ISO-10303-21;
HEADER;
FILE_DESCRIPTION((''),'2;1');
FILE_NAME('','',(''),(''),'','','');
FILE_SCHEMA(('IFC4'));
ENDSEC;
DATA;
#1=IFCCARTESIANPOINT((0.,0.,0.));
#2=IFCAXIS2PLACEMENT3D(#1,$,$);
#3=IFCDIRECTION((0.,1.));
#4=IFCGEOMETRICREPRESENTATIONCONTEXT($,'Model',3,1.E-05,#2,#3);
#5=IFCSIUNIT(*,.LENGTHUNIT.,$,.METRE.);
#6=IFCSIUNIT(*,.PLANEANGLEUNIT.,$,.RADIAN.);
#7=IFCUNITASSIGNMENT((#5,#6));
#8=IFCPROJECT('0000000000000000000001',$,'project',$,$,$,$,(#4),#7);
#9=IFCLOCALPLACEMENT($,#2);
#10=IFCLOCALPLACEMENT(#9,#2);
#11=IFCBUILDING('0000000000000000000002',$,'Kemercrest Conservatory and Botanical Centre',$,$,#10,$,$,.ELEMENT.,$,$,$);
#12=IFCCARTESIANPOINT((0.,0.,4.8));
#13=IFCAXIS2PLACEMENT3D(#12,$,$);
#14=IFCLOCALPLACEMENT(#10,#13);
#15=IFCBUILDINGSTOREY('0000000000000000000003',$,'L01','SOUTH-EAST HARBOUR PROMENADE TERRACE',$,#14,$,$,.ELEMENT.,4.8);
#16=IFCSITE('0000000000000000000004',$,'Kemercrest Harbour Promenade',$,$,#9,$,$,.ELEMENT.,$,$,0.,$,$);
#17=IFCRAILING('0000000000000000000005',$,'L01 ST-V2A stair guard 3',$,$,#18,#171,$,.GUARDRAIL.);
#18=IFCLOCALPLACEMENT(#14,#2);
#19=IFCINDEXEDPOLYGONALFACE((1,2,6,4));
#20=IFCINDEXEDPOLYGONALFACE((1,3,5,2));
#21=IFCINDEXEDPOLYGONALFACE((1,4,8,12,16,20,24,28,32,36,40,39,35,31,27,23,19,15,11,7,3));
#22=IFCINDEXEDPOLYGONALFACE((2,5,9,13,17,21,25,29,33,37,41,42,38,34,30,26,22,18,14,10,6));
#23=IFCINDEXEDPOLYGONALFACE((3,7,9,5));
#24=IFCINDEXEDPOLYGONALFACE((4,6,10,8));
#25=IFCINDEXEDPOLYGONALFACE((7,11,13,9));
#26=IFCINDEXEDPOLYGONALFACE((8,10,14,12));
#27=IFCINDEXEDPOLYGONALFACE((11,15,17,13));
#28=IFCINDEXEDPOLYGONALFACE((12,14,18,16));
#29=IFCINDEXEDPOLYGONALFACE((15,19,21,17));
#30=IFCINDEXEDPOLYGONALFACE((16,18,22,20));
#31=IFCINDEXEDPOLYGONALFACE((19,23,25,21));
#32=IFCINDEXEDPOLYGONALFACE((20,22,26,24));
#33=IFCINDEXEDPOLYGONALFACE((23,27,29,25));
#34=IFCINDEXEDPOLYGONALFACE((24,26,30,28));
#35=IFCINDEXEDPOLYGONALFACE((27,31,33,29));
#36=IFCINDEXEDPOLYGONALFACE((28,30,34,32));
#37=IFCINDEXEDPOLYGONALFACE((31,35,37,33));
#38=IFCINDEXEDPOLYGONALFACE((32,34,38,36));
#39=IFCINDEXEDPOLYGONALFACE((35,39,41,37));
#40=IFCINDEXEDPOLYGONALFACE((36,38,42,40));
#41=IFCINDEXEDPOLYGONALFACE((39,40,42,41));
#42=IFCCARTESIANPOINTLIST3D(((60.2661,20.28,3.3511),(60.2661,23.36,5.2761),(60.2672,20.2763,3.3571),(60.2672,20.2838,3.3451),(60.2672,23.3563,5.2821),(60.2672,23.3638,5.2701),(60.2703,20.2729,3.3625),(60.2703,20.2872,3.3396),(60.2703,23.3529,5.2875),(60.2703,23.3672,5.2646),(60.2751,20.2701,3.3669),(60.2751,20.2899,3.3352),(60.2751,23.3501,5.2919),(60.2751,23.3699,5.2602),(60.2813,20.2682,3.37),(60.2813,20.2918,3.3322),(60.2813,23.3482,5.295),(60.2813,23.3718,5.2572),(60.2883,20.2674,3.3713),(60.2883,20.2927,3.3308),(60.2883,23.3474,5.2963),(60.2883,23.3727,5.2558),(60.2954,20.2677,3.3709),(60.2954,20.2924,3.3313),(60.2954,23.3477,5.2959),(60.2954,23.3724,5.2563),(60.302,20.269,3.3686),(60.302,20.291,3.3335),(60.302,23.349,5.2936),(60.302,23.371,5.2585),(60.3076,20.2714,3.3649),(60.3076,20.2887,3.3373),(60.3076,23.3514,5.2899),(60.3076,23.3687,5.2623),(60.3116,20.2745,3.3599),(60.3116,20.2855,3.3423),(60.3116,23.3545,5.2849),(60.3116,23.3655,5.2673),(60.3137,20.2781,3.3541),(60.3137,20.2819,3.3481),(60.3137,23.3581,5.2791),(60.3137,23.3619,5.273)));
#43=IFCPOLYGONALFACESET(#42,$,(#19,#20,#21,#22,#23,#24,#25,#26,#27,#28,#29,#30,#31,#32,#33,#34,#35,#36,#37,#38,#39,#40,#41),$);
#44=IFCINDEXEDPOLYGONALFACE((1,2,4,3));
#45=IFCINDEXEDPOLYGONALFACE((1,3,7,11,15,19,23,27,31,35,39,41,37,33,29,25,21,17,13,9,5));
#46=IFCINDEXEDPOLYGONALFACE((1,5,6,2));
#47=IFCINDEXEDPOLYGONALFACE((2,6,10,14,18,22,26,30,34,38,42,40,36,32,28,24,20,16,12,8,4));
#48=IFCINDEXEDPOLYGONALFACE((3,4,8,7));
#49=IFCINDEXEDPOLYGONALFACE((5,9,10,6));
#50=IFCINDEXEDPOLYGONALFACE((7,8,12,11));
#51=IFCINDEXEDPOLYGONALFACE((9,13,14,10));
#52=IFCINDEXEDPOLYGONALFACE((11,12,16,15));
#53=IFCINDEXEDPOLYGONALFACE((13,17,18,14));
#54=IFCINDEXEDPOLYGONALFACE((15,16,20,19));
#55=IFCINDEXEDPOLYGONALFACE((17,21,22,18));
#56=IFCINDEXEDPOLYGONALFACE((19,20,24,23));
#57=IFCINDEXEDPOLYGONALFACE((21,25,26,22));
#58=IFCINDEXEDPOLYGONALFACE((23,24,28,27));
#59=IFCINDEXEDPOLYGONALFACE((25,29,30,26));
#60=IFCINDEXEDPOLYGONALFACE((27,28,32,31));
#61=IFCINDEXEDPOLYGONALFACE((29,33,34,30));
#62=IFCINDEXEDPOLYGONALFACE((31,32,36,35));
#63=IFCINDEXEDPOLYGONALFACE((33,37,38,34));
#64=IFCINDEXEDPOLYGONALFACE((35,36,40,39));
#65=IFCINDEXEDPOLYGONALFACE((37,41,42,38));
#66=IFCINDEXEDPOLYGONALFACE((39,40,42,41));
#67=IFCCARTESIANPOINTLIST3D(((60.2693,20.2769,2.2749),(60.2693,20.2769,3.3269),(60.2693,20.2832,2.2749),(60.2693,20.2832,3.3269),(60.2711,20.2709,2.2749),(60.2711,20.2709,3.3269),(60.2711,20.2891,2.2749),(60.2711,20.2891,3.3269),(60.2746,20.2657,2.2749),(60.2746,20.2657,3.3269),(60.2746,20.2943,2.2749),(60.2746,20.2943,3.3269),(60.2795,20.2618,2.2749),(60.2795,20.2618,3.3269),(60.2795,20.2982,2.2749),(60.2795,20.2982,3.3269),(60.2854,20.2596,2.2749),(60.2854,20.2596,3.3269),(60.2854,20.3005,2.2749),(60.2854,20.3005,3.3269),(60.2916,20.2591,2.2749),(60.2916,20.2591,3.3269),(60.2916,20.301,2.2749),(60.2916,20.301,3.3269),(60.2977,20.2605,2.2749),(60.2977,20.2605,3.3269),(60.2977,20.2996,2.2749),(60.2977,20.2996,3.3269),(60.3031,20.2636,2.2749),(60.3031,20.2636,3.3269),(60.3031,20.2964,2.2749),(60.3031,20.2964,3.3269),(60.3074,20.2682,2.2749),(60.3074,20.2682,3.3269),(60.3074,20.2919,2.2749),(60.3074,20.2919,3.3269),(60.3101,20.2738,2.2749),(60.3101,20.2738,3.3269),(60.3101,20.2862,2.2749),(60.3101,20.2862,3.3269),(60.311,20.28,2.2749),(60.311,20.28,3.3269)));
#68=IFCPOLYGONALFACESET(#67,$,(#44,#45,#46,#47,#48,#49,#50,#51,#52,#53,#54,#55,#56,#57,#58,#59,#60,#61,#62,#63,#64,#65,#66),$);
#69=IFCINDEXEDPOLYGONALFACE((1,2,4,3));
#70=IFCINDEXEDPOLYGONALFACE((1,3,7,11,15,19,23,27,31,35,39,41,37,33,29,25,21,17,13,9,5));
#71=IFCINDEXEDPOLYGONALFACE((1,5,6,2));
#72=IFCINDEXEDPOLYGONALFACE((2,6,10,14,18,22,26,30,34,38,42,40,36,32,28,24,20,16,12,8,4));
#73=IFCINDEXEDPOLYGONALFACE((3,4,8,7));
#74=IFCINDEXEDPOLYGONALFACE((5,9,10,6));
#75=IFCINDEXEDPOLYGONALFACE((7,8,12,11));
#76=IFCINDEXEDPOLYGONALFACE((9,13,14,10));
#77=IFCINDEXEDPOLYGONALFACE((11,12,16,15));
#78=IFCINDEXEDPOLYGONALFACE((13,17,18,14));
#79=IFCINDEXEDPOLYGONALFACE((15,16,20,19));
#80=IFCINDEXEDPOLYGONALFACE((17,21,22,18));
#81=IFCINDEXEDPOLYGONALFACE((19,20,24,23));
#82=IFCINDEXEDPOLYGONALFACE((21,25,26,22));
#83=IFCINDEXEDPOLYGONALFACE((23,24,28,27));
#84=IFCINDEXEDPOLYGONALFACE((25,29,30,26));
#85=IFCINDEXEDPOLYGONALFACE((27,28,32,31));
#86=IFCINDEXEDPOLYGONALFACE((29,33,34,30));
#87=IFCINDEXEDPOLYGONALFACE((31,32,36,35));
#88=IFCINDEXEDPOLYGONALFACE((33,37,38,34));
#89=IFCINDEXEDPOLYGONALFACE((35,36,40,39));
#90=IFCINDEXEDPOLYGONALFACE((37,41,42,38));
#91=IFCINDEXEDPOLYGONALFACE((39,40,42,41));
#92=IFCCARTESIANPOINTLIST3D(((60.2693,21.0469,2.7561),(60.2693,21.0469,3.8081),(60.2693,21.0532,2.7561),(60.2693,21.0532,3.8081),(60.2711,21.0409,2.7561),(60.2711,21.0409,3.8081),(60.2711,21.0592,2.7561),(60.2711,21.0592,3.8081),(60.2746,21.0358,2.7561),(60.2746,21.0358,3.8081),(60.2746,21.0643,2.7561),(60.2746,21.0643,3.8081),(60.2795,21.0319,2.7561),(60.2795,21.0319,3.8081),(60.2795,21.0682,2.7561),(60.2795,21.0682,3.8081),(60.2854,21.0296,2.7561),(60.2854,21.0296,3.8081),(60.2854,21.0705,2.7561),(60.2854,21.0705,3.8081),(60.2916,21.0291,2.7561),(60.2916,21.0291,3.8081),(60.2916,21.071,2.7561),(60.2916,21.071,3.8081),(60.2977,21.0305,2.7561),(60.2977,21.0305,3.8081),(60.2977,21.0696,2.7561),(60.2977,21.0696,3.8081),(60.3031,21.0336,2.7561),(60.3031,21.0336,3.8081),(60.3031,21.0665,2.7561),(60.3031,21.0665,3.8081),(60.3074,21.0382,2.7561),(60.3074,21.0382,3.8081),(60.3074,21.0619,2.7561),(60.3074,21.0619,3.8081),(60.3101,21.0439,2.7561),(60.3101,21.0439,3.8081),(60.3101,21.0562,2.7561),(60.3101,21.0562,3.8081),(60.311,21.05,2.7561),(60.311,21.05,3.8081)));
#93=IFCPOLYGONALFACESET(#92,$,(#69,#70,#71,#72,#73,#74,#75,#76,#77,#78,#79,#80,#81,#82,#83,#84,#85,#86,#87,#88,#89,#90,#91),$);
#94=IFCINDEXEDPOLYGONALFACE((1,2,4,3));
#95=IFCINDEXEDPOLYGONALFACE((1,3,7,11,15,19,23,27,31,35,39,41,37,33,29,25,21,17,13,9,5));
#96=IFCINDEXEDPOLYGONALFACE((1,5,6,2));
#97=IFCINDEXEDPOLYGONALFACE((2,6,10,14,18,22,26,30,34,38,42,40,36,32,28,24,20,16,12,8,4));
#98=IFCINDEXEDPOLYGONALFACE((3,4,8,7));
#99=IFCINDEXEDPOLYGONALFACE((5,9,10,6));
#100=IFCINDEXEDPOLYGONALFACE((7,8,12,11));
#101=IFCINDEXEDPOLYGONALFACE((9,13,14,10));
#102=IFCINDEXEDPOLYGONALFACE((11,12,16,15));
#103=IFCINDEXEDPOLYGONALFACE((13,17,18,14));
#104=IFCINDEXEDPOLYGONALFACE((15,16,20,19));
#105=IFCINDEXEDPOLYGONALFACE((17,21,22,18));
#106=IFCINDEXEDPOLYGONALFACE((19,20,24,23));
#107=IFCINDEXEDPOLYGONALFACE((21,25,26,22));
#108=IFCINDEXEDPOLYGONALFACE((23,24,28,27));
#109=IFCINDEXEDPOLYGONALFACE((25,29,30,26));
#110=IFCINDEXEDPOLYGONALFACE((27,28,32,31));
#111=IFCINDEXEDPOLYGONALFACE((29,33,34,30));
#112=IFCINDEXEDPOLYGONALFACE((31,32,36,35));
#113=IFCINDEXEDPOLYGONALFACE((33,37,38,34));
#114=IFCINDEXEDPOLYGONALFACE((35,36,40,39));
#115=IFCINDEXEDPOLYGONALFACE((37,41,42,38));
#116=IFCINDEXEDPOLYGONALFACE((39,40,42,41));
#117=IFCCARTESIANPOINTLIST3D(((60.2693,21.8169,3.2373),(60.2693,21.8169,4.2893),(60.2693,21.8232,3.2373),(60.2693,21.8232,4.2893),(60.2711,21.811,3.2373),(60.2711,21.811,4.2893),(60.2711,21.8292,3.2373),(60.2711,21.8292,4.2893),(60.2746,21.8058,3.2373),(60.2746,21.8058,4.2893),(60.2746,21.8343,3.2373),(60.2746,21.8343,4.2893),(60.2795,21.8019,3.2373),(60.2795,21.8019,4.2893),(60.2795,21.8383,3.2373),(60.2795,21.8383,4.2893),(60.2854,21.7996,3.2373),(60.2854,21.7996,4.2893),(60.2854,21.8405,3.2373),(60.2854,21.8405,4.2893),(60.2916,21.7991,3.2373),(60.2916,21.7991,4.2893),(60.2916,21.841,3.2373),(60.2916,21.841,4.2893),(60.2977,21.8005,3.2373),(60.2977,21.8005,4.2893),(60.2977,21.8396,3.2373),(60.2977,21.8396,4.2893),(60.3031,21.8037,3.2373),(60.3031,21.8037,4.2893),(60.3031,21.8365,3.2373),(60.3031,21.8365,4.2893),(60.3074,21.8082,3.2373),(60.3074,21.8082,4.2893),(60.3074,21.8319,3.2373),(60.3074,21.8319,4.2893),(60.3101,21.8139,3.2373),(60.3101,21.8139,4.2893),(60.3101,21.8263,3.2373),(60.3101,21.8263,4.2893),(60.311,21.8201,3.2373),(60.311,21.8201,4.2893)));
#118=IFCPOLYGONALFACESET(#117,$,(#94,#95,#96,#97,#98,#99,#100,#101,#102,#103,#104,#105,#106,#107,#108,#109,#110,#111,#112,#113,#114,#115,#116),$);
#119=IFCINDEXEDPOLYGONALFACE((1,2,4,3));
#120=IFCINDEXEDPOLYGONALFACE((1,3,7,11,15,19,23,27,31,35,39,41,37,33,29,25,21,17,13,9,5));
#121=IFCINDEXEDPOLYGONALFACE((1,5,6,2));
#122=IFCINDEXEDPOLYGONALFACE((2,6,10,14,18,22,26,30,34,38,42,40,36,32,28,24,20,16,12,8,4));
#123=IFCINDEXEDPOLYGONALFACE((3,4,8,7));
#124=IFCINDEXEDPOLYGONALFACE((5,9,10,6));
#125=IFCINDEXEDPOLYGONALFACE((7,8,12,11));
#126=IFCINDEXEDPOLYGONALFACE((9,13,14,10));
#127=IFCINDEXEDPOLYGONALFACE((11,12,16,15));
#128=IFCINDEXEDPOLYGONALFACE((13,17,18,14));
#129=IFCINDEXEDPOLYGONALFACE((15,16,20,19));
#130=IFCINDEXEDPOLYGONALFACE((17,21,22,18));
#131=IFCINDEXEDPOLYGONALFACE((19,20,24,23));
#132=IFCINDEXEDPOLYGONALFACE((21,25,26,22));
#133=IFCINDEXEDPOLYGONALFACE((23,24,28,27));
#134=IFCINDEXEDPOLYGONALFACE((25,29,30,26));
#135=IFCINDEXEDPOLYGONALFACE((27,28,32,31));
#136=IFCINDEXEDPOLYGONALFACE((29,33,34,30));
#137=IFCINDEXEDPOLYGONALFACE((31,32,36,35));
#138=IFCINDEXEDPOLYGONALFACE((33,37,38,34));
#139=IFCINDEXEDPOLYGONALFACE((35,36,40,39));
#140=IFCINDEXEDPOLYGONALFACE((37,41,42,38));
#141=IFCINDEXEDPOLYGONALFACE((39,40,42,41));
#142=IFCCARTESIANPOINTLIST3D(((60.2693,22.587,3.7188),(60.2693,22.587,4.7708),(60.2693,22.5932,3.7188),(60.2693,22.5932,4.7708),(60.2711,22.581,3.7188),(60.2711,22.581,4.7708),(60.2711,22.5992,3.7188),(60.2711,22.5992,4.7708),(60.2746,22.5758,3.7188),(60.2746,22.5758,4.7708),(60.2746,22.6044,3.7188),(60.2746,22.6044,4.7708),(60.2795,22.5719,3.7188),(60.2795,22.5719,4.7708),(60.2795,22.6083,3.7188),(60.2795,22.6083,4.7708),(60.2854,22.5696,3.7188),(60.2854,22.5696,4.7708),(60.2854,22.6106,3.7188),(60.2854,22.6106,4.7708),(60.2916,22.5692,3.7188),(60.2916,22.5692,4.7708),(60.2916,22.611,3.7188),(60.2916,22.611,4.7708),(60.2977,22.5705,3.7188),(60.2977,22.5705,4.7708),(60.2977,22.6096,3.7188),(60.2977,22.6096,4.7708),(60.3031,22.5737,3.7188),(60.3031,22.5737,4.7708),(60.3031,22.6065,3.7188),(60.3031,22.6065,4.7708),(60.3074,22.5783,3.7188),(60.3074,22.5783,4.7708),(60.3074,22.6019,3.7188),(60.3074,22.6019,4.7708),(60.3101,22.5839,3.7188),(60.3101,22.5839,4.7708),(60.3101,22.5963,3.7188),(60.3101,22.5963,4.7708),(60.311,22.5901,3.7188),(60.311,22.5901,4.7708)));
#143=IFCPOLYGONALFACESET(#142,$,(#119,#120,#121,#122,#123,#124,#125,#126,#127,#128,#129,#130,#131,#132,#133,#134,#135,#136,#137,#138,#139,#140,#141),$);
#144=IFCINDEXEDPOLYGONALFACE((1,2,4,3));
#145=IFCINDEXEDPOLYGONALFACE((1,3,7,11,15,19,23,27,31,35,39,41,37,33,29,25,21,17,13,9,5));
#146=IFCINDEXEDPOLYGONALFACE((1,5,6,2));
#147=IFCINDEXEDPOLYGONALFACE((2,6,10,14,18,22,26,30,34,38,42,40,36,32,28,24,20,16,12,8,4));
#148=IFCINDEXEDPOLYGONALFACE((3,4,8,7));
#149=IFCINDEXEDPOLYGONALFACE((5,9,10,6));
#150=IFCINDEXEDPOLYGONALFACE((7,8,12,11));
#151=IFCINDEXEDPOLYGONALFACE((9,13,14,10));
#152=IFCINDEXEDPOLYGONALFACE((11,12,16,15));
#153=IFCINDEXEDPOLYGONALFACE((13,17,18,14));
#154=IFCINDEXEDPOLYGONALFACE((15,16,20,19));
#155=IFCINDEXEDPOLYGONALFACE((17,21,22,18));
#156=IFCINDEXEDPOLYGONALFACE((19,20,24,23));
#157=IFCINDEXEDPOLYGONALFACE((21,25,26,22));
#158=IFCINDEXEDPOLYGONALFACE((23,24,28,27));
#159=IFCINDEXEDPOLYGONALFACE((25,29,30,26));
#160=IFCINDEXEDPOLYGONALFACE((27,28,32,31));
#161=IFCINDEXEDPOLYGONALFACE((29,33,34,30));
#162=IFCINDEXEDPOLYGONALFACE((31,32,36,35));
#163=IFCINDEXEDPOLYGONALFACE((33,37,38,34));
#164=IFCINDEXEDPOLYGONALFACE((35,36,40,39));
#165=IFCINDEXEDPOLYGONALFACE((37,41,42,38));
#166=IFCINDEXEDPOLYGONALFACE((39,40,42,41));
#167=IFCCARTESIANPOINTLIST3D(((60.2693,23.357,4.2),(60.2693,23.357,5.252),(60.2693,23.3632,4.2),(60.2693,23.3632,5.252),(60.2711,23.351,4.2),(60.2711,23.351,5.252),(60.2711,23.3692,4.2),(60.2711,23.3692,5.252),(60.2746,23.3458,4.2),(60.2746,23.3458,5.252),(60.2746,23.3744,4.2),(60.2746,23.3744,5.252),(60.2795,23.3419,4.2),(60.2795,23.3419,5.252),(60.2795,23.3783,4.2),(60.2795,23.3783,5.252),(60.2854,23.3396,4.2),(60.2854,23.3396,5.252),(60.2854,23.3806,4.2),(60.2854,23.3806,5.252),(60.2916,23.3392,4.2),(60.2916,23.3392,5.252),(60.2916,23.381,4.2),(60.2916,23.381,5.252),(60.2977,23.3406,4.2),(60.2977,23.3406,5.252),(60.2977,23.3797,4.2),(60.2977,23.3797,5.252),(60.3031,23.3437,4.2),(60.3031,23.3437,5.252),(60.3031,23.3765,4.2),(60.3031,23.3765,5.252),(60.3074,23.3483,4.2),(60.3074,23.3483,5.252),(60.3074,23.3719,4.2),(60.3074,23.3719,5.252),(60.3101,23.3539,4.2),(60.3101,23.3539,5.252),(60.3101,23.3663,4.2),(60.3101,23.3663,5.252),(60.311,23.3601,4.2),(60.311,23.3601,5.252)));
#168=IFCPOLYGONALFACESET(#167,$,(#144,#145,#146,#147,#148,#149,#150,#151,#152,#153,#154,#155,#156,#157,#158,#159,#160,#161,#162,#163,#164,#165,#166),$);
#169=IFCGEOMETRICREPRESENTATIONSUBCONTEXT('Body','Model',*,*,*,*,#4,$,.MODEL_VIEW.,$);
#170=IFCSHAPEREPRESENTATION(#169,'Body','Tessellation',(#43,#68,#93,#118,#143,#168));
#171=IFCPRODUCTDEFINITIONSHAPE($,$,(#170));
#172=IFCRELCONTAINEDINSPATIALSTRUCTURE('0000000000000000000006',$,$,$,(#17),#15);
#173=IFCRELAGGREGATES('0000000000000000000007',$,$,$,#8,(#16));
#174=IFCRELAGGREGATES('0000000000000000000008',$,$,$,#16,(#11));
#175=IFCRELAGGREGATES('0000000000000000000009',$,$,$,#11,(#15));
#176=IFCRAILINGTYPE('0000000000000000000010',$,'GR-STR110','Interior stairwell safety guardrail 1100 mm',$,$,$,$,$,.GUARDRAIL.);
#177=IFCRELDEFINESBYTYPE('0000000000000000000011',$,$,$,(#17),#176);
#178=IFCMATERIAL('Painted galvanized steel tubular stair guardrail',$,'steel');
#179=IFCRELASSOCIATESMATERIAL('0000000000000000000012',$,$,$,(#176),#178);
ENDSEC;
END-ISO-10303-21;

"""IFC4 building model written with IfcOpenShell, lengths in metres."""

from ifc_helpers import new_model, si_unit, direction, frame, origin, origin_2d, place, context, subcontext, project, spatial, circle, extrude, material, type_object, element, save


model = new_model("IFC4")

# Units and contexts
model_context = context("Model", 3, precision=1e-05, world=origin(), true_north=direction((0.0, 1.0)))
body_context = subcontext(model_context, "Body", "Model", "MODEL_VIEW")
ifc_project = project(units=[si_unit("LENGTHUNIT", "METRE"), si_unit("PLANEANGLEUNIT", "RADIAN")], contexts=[model_context])

# Site, building, storey
site_placement = place(None, origin())
site = spatial("IfcSite", under=ifc_project, at=site_placement, Name="Kemercrest Harbour Promenade", CompositionType="ELEMENT", RefElevation=0.0)
building_placement = place(site_placement, origin())
building = spatial("IfcBuilding", under=site, at=building_placement, Name="Kemercrest Conservatory and Botanical Centre", CompositionType="ELEMENT")
storey_placement = place(building_placement, frame((0.0, 0.0, 4.8)))
storey = spatial("IfcBuildingStorey", under=building, at=storey_placement, Name="L01", Description="SOUTH-EAST HARBOUR PROMENADE TERRACE", CompositionType="ELEMENT", Elevation=4.8)

# Railing
ifc_material_1 = material(Name="Painted galvanized steel tubular stair guardrail", Category="steel")
railing_type_1 = type_object("IfcRailingType", Name="GR-STR110", Description="Interior stairwell safety guardrail 1100 mm", PredefinedType="GUARDRAIL", material=ifc_material_1)
railing_1_placement = place(storey_placement, frame((60.29, 20.28, 2.2749)))
element("IfcRailing", 1, at=railing_1_placement, inside=storey, type_object=railing_type_1, Name="L01 ST-V2A stair guard 3", PredefinedType="GUARDRAIL", context=body_context, shape_type="SweptSolid", body=[
    extrude(circle(Radius=0.0239, at=origin_2d()), frame((0.0, 0.0, 1.0762), z_axis=(0.0, 0.847998, 0.529999), x_axis=(-1.0, 0.0, 0.0)), (0.0, 0.0, 1.0), 3.6321),
    extrude(circle(Radius=0.021, at=origin_2d()), origin(), (0.0, 0.0, 1.0), 1.052),
    extrude(circle(Radius=0.021, at=origin_2d()), frame((0.0, 0.77, 0.4812)), (0.0, 0.0, 1.0), 1.052),
    extrude(circle(Radius=0.021, at=origin_2d()), frame((0.0, 1.54, 0.9624)), (0.0, 0.0, 1.0), 1.052),
    extrude(circle(Radius=0.021, at=origin_2d()), frame((0.0, 2.3101, 1.4438)), (0.0, 0.0, 1.0), 1.052),
    extrude(circle(Radius=0.021, at=origin_2d()), frame((0.0, 3.0801, 1.925)), (0.0, 0.0, 1.0), 1.052),
])

save(model, "model.ifc")
